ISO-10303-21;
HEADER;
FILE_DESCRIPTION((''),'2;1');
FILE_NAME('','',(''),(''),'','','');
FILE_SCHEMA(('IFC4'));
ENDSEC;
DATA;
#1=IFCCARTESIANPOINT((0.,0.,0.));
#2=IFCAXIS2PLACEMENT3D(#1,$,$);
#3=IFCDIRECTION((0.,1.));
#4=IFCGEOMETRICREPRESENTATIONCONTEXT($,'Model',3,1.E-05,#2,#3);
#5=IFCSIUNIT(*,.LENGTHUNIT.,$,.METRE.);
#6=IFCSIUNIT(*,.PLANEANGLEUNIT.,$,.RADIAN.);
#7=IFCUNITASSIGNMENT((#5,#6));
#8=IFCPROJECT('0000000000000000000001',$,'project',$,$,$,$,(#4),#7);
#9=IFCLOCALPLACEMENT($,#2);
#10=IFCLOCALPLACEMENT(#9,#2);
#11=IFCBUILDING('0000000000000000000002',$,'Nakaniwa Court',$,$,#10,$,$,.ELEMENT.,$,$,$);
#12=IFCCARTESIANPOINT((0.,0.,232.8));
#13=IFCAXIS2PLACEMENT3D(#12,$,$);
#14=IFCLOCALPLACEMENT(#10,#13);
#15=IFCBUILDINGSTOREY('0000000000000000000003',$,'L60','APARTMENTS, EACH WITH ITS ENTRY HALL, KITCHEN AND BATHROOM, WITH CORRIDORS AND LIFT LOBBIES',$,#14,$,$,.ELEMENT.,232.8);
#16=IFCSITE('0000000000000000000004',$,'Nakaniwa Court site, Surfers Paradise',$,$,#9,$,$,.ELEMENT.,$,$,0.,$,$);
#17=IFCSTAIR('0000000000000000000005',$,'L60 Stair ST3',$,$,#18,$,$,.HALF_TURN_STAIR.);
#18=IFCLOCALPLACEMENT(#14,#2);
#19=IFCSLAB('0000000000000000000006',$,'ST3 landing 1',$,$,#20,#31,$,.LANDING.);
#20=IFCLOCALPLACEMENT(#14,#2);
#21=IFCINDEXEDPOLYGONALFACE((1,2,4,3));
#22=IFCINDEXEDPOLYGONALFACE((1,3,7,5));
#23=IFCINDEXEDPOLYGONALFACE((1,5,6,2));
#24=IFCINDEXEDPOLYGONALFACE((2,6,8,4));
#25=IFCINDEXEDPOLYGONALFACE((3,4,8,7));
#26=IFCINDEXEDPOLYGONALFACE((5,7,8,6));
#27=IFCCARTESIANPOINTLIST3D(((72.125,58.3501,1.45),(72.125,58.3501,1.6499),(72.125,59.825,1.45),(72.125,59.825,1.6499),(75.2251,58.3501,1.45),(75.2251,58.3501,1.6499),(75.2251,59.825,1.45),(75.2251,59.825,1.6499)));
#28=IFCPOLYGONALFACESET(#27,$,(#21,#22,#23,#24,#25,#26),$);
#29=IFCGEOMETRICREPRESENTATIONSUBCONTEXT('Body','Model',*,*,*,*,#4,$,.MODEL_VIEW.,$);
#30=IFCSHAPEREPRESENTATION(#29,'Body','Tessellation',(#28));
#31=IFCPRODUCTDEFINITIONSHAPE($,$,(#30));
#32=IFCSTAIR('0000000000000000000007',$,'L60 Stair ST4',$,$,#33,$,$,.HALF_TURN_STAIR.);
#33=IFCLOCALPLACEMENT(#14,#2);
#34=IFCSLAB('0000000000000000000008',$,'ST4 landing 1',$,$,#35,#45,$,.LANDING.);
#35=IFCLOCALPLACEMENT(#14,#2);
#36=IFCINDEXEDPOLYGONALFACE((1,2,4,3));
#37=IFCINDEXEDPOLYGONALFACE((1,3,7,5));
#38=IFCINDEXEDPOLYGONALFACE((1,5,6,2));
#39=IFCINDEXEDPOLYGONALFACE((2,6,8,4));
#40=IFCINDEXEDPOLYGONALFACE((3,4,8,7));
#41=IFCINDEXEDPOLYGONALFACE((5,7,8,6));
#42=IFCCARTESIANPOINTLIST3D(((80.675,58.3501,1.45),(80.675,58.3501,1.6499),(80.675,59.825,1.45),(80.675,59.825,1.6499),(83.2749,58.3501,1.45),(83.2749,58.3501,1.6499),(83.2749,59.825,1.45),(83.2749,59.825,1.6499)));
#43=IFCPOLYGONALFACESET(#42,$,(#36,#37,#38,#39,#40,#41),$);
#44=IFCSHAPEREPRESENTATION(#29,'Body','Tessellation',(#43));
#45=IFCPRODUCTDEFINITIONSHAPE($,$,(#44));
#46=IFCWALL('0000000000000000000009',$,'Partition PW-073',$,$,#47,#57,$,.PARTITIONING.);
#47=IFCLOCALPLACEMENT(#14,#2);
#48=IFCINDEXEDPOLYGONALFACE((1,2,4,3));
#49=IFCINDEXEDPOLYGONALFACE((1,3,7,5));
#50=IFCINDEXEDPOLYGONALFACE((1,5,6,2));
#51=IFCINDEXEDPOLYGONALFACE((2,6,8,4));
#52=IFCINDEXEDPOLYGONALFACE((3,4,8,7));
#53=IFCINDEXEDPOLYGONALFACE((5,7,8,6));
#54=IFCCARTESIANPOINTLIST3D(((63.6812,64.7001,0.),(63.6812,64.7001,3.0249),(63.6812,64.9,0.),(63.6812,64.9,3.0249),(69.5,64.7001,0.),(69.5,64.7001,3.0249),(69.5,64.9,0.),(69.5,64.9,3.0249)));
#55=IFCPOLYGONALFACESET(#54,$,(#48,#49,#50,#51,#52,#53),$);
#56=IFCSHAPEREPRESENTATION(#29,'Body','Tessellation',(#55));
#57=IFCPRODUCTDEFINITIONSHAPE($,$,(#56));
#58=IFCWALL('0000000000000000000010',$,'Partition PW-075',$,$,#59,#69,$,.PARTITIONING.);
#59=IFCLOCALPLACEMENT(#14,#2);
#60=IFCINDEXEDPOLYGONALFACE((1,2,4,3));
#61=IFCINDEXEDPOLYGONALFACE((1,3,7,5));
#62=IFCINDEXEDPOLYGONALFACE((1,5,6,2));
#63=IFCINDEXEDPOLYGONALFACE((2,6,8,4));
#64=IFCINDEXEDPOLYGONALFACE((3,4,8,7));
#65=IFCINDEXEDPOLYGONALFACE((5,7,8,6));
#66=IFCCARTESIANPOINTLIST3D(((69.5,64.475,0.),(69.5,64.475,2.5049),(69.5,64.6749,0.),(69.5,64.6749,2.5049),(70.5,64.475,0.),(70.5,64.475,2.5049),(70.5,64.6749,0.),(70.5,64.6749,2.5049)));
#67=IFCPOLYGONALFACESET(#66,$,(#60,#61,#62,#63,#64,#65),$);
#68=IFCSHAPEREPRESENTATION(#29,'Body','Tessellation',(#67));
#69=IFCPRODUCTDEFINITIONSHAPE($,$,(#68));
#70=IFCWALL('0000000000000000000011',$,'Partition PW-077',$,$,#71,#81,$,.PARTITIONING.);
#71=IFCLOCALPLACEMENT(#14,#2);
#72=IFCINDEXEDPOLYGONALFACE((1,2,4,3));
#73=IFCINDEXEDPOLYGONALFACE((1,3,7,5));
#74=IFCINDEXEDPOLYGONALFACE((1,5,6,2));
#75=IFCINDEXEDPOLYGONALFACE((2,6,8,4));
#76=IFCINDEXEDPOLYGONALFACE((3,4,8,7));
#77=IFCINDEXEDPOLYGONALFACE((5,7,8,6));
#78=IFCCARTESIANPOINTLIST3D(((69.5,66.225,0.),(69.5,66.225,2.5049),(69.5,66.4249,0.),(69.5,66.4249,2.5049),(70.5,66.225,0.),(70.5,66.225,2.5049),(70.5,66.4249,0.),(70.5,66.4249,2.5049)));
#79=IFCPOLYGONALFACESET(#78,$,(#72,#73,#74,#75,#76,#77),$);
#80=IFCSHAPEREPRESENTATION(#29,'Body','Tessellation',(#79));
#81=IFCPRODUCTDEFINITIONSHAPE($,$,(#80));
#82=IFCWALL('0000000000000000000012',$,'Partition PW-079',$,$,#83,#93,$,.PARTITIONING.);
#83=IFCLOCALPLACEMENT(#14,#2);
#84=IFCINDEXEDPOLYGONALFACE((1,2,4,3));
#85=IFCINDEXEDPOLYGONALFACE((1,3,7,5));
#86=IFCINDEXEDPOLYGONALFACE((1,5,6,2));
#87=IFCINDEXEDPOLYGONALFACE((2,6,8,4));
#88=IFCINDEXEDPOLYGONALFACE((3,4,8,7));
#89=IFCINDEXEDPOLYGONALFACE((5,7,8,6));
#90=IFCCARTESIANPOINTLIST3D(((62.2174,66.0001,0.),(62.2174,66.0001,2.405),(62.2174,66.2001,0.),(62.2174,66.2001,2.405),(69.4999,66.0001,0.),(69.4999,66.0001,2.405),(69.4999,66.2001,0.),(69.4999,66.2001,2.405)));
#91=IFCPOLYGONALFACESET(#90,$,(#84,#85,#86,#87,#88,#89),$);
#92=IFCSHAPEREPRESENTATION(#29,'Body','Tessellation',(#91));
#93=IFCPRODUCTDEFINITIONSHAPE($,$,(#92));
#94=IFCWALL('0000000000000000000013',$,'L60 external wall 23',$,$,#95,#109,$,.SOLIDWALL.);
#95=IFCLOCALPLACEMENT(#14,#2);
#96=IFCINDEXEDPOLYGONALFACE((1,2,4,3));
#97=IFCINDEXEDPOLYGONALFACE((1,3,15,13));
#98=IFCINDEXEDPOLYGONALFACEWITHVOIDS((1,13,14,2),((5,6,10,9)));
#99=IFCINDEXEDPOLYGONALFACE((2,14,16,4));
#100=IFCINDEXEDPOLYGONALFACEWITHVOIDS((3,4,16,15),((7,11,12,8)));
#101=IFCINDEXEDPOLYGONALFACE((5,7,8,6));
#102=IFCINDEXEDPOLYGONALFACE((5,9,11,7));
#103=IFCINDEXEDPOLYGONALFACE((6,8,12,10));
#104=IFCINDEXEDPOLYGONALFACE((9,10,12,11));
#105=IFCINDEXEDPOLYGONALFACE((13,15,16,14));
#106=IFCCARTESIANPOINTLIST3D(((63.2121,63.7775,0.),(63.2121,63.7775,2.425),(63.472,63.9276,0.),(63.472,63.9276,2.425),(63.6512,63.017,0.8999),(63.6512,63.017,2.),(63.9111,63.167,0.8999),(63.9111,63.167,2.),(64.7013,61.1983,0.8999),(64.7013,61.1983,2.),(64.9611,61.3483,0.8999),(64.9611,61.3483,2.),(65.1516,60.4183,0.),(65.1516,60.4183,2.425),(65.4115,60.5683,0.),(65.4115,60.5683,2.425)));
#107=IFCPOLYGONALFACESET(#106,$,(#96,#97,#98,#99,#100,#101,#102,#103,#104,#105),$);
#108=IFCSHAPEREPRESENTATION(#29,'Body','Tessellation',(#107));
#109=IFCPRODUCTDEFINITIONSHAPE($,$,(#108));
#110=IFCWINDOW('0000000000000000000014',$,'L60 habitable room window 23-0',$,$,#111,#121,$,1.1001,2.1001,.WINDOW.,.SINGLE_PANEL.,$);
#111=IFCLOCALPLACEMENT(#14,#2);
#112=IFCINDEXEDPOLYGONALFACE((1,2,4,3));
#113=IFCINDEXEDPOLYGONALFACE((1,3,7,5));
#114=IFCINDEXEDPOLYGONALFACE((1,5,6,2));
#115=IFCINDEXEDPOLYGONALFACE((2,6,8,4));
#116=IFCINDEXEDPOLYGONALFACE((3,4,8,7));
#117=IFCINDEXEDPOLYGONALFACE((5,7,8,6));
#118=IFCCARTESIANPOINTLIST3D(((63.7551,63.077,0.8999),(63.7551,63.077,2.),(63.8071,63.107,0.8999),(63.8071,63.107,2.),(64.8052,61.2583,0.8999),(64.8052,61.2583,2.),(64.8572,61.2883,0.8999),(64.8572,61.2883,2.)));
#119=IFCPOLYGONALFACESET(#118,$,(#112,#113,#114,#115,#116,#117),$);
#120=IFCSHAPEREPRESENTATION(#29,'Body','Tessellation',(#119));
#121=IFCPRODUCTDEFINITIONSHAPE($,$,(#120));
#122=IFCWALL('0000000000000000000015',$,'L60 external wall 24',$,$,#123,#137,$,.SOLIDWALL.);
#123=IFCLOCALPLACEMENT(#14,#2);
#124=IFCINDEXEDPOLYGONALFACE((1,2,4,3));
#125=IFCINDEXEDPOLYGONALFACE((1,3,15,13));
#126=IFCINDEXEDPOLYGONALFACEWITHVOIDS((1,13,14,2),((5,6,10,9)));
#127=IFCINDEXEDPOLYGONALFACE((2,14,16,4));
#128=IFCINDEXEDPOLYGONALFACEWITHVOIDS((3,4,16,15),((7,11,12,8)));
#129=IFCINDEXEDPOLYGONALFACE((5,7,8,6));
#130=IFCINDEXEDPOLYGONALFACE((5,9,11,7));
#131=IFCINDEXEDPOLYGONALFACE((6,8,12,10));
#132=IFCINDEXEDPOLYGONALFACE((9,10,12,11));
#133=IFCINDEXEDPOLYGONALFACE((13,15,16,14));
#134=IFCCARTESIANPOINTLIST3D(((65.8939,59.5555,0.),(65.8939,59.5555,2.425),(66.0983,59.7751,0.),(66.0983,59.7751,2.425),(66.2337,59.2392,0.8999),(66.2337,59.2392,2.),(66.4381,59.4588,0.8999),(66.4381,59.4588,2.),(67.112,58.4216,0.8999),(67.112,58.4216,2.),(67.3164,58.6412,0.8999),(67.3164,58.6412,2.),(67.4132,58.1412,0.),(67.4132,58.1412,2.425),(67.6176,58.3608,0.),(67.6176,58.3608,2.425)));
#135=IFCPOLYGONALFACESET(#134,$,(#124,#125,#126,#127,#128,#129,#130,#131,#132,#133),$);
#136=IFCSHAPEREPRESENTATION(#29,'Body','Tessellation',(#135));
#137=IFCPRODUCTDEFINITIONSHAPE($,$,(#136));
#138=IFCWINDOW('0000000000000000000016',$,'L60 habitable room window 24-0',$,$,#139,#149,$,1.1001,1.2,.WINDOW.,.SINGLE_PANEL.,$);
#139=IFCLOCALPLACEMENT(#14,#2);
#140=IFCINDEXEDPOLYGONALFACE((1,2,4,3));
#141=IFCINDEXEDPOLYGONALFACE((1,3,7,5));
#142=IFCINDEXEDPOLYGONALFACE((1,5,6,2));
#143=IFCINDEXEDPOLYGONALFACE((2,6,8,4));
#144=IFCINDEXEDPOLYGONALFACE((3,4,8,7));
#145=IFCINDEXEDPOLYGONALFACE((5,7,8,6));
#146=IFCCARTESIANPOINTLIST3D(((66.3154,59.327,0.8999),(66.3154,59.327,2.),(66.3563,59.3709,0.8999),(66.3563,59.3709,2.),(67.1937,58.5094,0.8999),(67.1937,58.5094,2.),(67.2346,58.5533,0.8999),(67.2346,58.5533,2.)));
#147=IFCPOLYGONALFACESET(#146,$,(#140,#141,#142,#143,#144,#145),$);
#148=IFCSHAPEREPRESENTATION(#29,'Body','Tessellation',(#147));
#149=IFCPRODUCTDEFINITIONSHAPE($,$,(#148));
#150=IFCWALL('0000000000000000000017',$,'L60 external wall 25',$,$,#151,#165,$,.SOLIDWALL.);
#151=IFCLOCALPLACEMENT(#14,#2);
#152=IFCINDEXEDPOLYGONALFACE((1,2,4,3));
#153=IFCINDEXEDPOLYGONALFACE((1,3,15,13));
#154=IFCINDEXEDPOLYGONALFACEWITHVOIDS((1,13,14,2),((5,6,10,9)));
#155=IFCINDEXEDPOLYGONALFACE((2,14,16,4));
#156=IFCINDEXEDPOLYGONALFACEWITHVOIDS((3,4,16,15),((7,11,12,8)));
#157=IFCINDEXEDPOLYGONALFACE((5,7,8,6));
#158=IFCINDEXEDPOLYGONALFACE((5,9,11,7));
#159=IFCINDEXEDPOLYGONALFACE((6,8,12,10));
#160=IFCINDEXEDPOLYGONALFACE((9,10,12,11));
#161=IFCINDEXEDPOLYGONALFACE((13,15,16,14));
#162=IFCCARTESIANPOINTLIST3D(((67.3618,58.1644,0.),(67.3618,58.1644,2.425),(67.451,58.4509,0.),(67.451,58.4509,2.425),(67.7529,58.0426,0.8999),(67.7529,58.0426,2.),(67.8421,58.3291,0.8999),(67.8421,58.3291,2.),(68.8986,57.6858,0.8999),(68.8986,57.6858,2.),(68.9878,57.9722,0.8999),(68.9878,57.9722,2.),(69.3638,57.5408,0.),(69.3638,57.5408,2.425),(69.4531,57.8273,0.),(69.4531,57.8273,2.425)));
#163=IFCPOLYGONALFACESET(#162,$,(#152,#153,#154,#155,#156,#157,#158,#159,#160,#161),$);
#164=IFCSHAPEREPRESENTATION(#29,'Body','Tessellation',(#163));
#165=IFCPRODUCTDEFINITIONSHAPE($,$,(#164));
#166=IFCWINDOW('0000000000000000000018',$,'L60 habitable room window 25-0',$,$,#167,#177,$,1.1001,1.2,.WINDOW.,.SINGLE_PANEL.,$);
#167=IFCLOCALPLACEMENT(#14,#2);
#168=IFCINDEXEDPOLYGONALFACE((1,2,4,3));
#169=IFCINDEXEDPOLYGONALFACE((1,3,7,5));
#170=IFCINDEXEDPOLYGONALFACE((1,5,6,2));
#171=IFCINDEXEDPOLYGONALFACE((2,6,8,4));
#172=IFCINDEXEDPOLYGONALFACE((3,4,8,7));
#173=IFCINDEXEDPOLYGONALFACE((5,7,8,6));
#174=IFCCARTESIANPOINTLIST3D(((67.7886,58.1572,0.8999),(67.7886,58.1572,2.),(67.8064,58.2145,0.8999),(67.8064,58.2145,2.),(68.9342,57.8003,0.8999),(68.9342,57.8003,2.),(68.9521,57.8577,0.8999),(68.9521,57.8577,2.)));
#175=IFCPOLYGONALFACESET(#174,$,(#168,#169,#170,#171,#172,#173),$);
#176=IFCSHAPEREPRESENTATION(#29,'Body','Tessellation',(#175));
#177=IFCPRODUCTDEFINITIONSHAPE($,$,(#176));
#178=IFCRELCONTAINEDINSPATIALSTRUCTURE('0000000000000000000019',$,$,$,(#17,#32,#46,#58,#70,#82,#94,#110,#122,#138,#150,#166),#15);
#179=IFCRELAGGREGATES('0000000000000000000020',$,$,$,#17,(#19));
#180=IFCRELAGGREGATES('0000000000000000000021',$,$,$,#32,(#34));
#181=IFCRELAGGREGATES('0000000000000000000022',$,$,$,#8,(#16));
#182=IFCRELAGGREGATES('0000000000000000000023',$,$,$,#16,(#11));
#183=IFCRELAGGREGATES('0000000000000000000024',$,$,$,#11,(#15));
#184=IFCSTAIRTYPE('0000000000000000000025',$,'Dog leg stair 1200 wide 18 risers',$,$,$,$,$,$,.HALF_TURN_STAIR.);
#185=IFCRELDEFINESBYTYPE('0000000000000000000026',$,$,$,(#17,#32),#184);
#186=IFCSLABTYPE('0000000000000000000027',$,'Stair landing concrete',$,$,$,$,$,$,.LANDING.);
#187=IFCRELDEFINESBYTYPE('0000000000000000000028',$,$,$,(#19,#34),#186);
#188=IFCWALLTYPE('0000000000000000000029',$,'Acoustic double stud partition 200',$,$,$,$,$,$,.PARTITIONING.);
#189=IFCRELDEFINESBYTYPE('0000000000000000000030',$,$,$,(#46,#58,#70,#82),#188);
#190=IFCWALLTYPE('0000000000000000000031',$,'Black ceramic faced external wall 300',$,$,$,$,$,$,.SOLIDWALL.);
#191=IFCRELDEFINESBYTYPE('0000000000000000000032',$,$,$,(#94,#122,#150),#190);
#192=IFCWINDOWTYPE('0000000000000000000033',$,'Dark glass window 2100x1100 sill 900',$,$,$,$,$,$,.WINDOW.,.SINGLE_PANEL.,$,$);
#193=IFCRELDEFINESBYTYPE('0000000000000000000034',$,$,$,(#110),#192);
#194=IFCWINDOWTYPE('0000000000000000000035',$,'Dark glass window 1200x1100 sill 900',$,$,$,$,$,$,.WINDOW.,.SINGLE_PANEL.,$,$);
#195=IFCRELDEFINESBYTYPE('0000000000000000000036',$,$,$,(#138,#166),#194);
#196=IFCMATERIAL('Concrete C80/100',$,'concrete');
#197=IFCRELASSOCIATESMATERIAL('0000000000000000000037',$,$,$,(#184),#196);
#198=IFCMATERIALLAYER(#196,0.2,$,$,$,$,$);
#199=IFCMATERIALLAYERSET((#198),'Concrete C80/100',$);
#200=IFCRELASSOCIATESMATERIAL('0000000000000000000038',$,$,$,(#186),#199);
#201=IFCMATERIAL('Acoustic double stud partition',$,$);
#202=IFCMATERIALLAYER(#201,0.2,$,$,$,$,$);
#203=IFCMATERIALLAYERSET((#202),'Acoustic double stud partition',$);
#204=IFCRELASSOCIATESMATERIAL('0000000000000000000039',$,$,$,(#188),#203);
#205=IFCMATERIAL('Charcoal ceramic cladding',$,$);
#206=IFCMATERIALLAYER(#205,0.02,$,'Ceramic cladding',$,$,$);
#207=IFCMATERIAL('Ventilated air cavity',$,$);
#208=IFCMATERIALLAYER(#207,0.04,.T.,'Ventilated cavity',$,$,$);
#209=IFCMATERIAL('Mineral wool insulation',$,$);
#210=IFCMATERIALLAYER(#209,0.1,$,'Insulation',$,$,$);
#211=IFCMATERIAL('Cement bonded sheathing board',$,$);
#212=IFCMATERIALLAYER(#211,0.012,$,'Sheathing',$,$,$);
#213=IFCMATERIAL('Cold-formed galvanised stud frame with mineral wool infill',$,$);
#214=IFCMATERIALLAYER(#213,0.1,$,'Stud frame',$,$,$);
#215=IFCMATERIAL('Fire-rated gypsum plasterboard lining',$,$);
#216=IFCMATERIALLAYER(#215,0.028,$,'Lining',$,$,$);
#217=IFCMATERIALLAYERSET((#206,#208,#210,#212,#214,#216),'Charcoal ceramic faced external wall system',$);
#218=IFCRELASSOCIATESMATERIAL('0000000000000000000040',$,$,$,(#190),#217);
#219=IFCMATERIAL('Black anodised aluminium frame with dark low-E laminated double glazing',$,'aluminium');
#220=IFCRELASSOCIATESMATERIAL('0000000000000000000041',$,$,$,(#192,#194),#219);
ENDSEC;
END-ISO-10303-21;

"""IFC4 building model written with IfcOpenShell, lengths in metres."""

from ifc_helpers import new_model, si_unit, direction, frame, frame_2d, origin, place, context, subcontext, project, spatial, polyline, rectangle, outline, extrude, material, layer, layer_set, type_object, element, fill, aggregate, save


model = new_model("IFC4")

# Units and contexts
model_context = context("Model", 3, precision=1e-05, world=origin(), true_north=direction((0.0, 1.0)))
body_context = subcontext(model_context, "Body", "Model", "MODEL_VIEW")
ifc_project = project(units=[si_unit("LENGTHUNIT", "METRE"), si_unit("PLANEANGLEUNIT", "RADIAN")], contexts=[model_context])

# Site, building, storey
site_placement = place(None, origin())
site = spatial("IfcSite", under=ifc_project, at=site_placement, Name="Nakaniwa Court site, Surfers Paradise", CompositionType="ELEMENT", RefElevation=0.0)
building_placement = place(site_placement, origin())
building = spatial("IfcBuilding", under=site, at=building_placement, Name="Nakaniwa Court", CompositionType="ELEMENT")
storey_placement = place(building_placement, frame((0.0, 0.0, 232.8)))
storey = spatial("IfcBuildingStorey", under=building, at=storey_placement, Name="L60", Description="APARTMENTS, EACH WITH ITS ENTRY HALL, KITCHEN AND BATHROOM, WITH CORRIDORS AND LIFT LOBBIES", CompositionType="ELEMENT", Elevation=232.8)

# Shared definitions
ifc_material_1 = material(Name="Concrete C80/100", Category="concrete")

# Stairs, slabs
stair_type = type_object("IfcStairType", Name="Dog leg stair 1200 wide 18 risers", PredefinedType="HALF_TURN_STAIR", material=ifc_material_1)
ifc_layer_1 = layer(ifc_material_1, 0.2)
ifc_layer_set_1 = layer_set([ifc_layer_1], Name="Concrete C80/100")
slab_type_1 = type_object("IfcSlabType", Name="Stair landing concrete", PredefinedType="LANDING", material=ifc_layer_set_1)
stair_1_placement = place(storey_placement, origin())
stair_1 = element("IfcStair", 1, at=stair_1_placement, inside=storey, type_object=stair_type, Name="L60 Stair ST3", PredefinedType="HALF_TURN_STAIR")
slab_1_placement = place(storey_placement, frame((0.0, 0.0, 1.45)))
slab_1 = element("IfcSlab", 2, at=slab_1_placement, type_object=slab_type_1, Name="ST3 landing 1", PredefinedType="LANDING", context=body_context, shape_type="SweptSolid", body=[
    extrude(outline(polyline([(75.2251, 58.3501), (75.2251, 59.825), (72.125, 59.825), (72.125, 58.3501), (75.2251, 58.3501)])), origin(), (0.0, 0.0, 1.0), 0.2),
])
aggregate(stair_1, [slab_1])
stair_2_placement = place(storey_placement, origin())
stair_2 = element("IfcStair", 3, at=stair_2_placement, inside=storey, type_object=stair_type, Name="L60 Stair ST4", PredefinedType="HALF_TURN_STAIR")
slab_2_placement = place(storey_placement, frame((0.0, 0.0, 1.45)))
slab_2 = element("IfcSlab", 4, at=slab_2_placement, type_object=slab_type_1, Name="ST4 landing 1", PredefinedType="LANDING", context=body_context, shape_type="SweptSolid", body=[
    extrude(outline(polyline([(83.2749, 58.3501), (83.2749, 59.825), (80.675, 59.825), (80.675, 58.3501), (83.2749, 58.3501)])), origin(), (0.0, 0.0, 1.0), 0.2),
])
aggregate(stair_2, [slab_2])

# Walls
ifc_material_2 = material(Name="Acoustic double stud partition")
ifc_layer_2 = layer(ifc_material_2, 0.2)
ifc_layer_set_2 = layer_set([ifc_layer_2], Name="Acoustic double stud partition")
wall_type_1 = type_object("IfcWallType", Name="Acoustic double stud partition 200", PredefinedType="PARTITIONING", material=ifc_layer_set_2)
wall_1_placement = place(storey_placement, frame((63.6812, 64.8, 0.0), z_axis=(0.0, 0.0, 1.0), x_axis=(1.0, 0.0, 0.0)))
element("IfcWall", 5, at=wall_1_placement, inside=storey, type_object=wall_type_1, Name="Partition PW-073", PredefinedType="PARTITIONING", context=body_context, shape_type="SweptSolid", body=[
    extrude(rectangle(XDim=5.8188, YDim=0.2, at=frame_2d((2.9094, 0.0))), origin(), (0.0, 0.0, 1.0), 3.0249),
])
for number, where, z_axis, x_axis, name in (
    (6, (69.5, 64.575, 0.0), (0.0, 0.0, 1.0), (1.0, 0.0, 0.0), "Partition PW-075"),
    (7, (69.5, 66.325, 0.0), (0.0, 0.0, 1.0), (1.0, 0.0, 0.0), "Partition PW-077"),
):
    element("IfcWall", number, at=place(storey_placement, frame(where, z_axis=z_axis, x_axis=x_axis)), inside=storey, type_object=wall_type_1, Name=name, PredefinedType="PARTITIONING", context=body_context, shape_type="SweptSolid", body=[
        extrude(rectangle(XDim=1.0, YDim=0.2, at=frame_2d((0.5, 0.0))), origin(), (0.0, 0.0, 1.0), 2.5049),
    ])
wall_2_placement = place(storey_placement, frame((62.2175, 66.1001, 0.0), z_axis=(0.0, 0.0, 1.0), x_axis=(1.0, 0.0, 0.0)))
element("IfcWall", 8, at=wall_2_placement, inside=storey, type_object=wall_type_1, Name="Partition PW-079", PredefinedType="PARTITIONING", context=body_context, shape_type="SweptSolid", body=[
    extrude(rectangle(XDim=7.2825, YDim=0.2, at=frame_2d((3.6411, 0.0))), origin(), (0.0, 0.0, 1.0), 2.405),
])

# Walls, openings, windows
ifc_material_3 = material(Name="Charcoal ceramic cladding")
ifc_layer_3 = layer(ifc_material_3, 0.02, Name="Ceramic cladding")
ifc_material_4 = material(Name="Ventilated air cavity")
ifc_layer_4 = layer(ifc_material_4, 0.04, ventilated=True, Name="Ventilated cavity")
ifc_material_5 = material(Name="Mineral wool insulation")
ifc_layer_5 = layer(ifc_material_5, 0.1, Name="Insulation")
ifc_material_6 = material(Name="Cement bonded sheathing board")
ifc_layer_6 = layer(ifc_material_6, 0.012, Name="Sheathing")
ifc_material_7 = material(Name="Cold-formed galvanised stud frame with mineral wool infill")
ifc_layer_7 = layer(ifc_material_7, 0.1, Name="Stud frame")
ifc_material_8 = material(Name="Fire-rated gypsum plasterboard lining")
ifc_layer_8 = layer(ifc_material_8, 0.028, Name="Lining")
ifc_layer_set_3 = layer_set([ifc_layer_3, ifc_layer_4, ifc_layer_5, ifc_layer_6, ifc_layer_7, ifc_layer_8], Name="Charcoal ceramic faced external wall system")
wall_type_2 = type_object("IfcWallType", Name="Black ceramic faced external wall 300", PredefinedType="SOLIDWALL", material=ifc_layer_set_3)
wall_3_placement = place(storey_placement, frame((63.342, 63.8525, 0.0), z_axis=(0.0, 0.0, 1.0), x_axis=(0.500011, -0.866019, 0.0)))
wall_3 = element("IfcWall", 9, at=wall_3_placement, inside=storey, type_object=wall_type_2, Name="L60 external wall 23", PredefinedType="SOLIDWALL", context=body_context, shape_type="SweptSolid", body=[
    extrude(rectangle(XDim=3.8789, YDim=0.3, at=frame_2d((1.9395, 0.0))), origin(), (0.0, 0.0, 1.0), 2.425),
])
opening_1_placement = place(wall_3_placement, frame((0.8782, 0.0, 0.8999)))
opening_1 = element("IfcOpeningElement", 10, at=opening_1_placement, cuts=wall_3, PredefinedType="OPENING", context=body_context, shape_type="SweptSolid", body=[
    extrude(rectangle(XDim=2.1001, YDim=1.1001, at=frame_2d((1.05, 0.55))), frame((0.0, 0.1599, 0.0), z_axis=(0.0, -1.0, 0.0), x_axis=(1.0, 0.0, 0.0)), (0.0, 0.0, 1.0), 0.3201),
])
ifc_material_9 = material(Name="Black anodised aluminium frame with dark low-E laminated double glazing", Category="aluminium")
window_type_1 = type_object("IfcWindowType", Name="Dark glass window 2100x1100 sill 900", PartitioningType="SINGLE_PANEL", PredefinedType="WINDOW", material=ifc_material_9)
window_1_placement = place(opening_1_placement, origin())
window_1 = element("IfcWindow", 11, at=window_1_placement, inside=storey, type_object=window_type_1, Name="L60 habitable room window 23-0", OverallHeight=1.1001, OverallWidth=2.1001, PartitioningType="SINGLE_PANEL", PredefinedType="WINDOW", context=body_context, shape_type="SweptSolid", body=[
    extrude(rectangle(XDim=2.1001, YDim=1.1001, at=frame_2d((1.05, 0.55))), frame((0.0, 0.03, 0.0), z_axis=(0.0, -1.0, 0.0), x_axis=(1.0, 0.0, 0.0)), (0.0, 0.0, 1.0), 0.0601),
])
fill(opening_1, window_1)
wall_4_placement = place(storey_placement, frame((65.9961, 59.6653, 0.0), z_axis=(0.0, 0.0, 1.0), x_axis=(0.731943, -0.681366, 0.0)))
wall_4 = element("IfcWall", 12, at=wall_4_placement, inside=storey, type_object=wall_type_2, Name="L60 external wall 24", PredefinedType="SOLIDWALL", context=body_context, shape_type="SweptSolid", body=[
    extrude(rectangle(XDim=2.0757, YDim=0.3, at=frame_2d((1.0378, 0.0))), origin(), (0.0, 0.0, 1.0), 2.425),
])
opening_2_placement = place(wall_4_placement, frame((0.4641, 0.0, 0.8999)))
opening_2 = element("IfcOpeningElement", 13, at=opening_2_placement, cuts=wall_4, PredefinedType="OPENING", context=body_context, shape_type="SweptSolid", body=[
    extrude(rectangle(XDim=1.2, YDim=1.1001, at=frame_2d((0.6001, 0.55))), frame((0.0, 0.1599, 0.0), z_axis=(0.0, -1.0, 0.0), x_axis=(1.0, 0.0, 0.0)), (0.0, 0.0, 1.0), 0.3201),
])
window_type_2 = type_object("IfcWindowType", Name="Dark glass window 1200x1100 sill 900", PartitioningType="SINGLE_PANEL", PredefinedType="WINDOW", material=ifc_material_9)
window_2_placement = place(opening_2_placement, origin())
window_2 = element("IfcWindow", 14, at=window_2_placement, inside=storey, type_object=window_type_2, Name="L60 habitable room window 24-0", OverallHeight=1.1001, OverallWidth=1.2, PartitioningType="SINGLE_PANEL", PredefinedType="WINDOW", context=body_context, shape_type="SweptSolid", body=[
    extrude(rectangle(XDim=1.2, YDim=1.1001, at=frame_2d((0.6001, 0.55))), frame((0.0, 0.03, 0.0), z_axis=(0.0, -1.0, 0.0), x_axis=(1.0, 0.0, 0.0)), (0.0, 0.0, 1.0), 0.0601),
])
fill(opening_2, window_2)
wall_5_placement = place(storey_placement, frame((67.4065, 58.3076, 0.0), z_axis=(0.0, 0.0, 1.0), x_axis=(0.954761, -0.297373, 0.0)))
wall_5 = element("IfcWall", 15, at=wall_5_placement, inside=storey, type_object=wall_type_2, Name="L60 external wall 25", PredefinedType="SOLIDWALL", context=body_context, shape_type="SweptSolid", body=[
    extrude(rectangle(XDim=2.0969, YDim=0.3, at=frame_2d((1.0483, 0.0))), origin(), (0.0, 0.0, 1.0), 2.425),
])
opening_3_placement = place(wall_5_placement, frame((0.4094, 0.0, 0.8999)))
opening_3 = element("IfcOpeningElement", 16, at=opening_3_placement, cuts=wall_5, PredefinedType="OPENING", context=body_context, shape_type="SweptSolid", body=[
    extrude(rectangle(XDim=1.2, YDim=1.1001, at=frame_2d((0.6001, 0.55))), frame((0.0, 0.1599, 0.0), z_axis=(0.0, -1.0, 0.0), x_axis=(1.0, 0.0, 0.0)), (0.0, 0.0, 1.0), 0.3201),
])
window_3_placement = place(opening_3_placement, origin())
window_3 = element("IfcWindow", 17, at=window_3_placement, inside=storey, type_object=window_type_2, Name="L60 habitable room window 25-0", OverallHeight=1.1001, OverallWidth=1.2, PartitioningType="SINGLE_PANEL", PredefinedType="WINDOW", context=body_context, shape_type="SweptSolid", body=[
    extrude(rectangle(XDim=1.2, YDim=1.1001, at=frame_2d((0.6001, 0.55))), frame((0.0, 0.03, 0.0), z_axis=(0.0, -1.0, 0.0), x_axis=(1.0, 0.0, 0.0)), (0.0, 0.0, 1.0), 0.0601),
])
fill(opening_3, window_3)

save(model, "model.ifc")
